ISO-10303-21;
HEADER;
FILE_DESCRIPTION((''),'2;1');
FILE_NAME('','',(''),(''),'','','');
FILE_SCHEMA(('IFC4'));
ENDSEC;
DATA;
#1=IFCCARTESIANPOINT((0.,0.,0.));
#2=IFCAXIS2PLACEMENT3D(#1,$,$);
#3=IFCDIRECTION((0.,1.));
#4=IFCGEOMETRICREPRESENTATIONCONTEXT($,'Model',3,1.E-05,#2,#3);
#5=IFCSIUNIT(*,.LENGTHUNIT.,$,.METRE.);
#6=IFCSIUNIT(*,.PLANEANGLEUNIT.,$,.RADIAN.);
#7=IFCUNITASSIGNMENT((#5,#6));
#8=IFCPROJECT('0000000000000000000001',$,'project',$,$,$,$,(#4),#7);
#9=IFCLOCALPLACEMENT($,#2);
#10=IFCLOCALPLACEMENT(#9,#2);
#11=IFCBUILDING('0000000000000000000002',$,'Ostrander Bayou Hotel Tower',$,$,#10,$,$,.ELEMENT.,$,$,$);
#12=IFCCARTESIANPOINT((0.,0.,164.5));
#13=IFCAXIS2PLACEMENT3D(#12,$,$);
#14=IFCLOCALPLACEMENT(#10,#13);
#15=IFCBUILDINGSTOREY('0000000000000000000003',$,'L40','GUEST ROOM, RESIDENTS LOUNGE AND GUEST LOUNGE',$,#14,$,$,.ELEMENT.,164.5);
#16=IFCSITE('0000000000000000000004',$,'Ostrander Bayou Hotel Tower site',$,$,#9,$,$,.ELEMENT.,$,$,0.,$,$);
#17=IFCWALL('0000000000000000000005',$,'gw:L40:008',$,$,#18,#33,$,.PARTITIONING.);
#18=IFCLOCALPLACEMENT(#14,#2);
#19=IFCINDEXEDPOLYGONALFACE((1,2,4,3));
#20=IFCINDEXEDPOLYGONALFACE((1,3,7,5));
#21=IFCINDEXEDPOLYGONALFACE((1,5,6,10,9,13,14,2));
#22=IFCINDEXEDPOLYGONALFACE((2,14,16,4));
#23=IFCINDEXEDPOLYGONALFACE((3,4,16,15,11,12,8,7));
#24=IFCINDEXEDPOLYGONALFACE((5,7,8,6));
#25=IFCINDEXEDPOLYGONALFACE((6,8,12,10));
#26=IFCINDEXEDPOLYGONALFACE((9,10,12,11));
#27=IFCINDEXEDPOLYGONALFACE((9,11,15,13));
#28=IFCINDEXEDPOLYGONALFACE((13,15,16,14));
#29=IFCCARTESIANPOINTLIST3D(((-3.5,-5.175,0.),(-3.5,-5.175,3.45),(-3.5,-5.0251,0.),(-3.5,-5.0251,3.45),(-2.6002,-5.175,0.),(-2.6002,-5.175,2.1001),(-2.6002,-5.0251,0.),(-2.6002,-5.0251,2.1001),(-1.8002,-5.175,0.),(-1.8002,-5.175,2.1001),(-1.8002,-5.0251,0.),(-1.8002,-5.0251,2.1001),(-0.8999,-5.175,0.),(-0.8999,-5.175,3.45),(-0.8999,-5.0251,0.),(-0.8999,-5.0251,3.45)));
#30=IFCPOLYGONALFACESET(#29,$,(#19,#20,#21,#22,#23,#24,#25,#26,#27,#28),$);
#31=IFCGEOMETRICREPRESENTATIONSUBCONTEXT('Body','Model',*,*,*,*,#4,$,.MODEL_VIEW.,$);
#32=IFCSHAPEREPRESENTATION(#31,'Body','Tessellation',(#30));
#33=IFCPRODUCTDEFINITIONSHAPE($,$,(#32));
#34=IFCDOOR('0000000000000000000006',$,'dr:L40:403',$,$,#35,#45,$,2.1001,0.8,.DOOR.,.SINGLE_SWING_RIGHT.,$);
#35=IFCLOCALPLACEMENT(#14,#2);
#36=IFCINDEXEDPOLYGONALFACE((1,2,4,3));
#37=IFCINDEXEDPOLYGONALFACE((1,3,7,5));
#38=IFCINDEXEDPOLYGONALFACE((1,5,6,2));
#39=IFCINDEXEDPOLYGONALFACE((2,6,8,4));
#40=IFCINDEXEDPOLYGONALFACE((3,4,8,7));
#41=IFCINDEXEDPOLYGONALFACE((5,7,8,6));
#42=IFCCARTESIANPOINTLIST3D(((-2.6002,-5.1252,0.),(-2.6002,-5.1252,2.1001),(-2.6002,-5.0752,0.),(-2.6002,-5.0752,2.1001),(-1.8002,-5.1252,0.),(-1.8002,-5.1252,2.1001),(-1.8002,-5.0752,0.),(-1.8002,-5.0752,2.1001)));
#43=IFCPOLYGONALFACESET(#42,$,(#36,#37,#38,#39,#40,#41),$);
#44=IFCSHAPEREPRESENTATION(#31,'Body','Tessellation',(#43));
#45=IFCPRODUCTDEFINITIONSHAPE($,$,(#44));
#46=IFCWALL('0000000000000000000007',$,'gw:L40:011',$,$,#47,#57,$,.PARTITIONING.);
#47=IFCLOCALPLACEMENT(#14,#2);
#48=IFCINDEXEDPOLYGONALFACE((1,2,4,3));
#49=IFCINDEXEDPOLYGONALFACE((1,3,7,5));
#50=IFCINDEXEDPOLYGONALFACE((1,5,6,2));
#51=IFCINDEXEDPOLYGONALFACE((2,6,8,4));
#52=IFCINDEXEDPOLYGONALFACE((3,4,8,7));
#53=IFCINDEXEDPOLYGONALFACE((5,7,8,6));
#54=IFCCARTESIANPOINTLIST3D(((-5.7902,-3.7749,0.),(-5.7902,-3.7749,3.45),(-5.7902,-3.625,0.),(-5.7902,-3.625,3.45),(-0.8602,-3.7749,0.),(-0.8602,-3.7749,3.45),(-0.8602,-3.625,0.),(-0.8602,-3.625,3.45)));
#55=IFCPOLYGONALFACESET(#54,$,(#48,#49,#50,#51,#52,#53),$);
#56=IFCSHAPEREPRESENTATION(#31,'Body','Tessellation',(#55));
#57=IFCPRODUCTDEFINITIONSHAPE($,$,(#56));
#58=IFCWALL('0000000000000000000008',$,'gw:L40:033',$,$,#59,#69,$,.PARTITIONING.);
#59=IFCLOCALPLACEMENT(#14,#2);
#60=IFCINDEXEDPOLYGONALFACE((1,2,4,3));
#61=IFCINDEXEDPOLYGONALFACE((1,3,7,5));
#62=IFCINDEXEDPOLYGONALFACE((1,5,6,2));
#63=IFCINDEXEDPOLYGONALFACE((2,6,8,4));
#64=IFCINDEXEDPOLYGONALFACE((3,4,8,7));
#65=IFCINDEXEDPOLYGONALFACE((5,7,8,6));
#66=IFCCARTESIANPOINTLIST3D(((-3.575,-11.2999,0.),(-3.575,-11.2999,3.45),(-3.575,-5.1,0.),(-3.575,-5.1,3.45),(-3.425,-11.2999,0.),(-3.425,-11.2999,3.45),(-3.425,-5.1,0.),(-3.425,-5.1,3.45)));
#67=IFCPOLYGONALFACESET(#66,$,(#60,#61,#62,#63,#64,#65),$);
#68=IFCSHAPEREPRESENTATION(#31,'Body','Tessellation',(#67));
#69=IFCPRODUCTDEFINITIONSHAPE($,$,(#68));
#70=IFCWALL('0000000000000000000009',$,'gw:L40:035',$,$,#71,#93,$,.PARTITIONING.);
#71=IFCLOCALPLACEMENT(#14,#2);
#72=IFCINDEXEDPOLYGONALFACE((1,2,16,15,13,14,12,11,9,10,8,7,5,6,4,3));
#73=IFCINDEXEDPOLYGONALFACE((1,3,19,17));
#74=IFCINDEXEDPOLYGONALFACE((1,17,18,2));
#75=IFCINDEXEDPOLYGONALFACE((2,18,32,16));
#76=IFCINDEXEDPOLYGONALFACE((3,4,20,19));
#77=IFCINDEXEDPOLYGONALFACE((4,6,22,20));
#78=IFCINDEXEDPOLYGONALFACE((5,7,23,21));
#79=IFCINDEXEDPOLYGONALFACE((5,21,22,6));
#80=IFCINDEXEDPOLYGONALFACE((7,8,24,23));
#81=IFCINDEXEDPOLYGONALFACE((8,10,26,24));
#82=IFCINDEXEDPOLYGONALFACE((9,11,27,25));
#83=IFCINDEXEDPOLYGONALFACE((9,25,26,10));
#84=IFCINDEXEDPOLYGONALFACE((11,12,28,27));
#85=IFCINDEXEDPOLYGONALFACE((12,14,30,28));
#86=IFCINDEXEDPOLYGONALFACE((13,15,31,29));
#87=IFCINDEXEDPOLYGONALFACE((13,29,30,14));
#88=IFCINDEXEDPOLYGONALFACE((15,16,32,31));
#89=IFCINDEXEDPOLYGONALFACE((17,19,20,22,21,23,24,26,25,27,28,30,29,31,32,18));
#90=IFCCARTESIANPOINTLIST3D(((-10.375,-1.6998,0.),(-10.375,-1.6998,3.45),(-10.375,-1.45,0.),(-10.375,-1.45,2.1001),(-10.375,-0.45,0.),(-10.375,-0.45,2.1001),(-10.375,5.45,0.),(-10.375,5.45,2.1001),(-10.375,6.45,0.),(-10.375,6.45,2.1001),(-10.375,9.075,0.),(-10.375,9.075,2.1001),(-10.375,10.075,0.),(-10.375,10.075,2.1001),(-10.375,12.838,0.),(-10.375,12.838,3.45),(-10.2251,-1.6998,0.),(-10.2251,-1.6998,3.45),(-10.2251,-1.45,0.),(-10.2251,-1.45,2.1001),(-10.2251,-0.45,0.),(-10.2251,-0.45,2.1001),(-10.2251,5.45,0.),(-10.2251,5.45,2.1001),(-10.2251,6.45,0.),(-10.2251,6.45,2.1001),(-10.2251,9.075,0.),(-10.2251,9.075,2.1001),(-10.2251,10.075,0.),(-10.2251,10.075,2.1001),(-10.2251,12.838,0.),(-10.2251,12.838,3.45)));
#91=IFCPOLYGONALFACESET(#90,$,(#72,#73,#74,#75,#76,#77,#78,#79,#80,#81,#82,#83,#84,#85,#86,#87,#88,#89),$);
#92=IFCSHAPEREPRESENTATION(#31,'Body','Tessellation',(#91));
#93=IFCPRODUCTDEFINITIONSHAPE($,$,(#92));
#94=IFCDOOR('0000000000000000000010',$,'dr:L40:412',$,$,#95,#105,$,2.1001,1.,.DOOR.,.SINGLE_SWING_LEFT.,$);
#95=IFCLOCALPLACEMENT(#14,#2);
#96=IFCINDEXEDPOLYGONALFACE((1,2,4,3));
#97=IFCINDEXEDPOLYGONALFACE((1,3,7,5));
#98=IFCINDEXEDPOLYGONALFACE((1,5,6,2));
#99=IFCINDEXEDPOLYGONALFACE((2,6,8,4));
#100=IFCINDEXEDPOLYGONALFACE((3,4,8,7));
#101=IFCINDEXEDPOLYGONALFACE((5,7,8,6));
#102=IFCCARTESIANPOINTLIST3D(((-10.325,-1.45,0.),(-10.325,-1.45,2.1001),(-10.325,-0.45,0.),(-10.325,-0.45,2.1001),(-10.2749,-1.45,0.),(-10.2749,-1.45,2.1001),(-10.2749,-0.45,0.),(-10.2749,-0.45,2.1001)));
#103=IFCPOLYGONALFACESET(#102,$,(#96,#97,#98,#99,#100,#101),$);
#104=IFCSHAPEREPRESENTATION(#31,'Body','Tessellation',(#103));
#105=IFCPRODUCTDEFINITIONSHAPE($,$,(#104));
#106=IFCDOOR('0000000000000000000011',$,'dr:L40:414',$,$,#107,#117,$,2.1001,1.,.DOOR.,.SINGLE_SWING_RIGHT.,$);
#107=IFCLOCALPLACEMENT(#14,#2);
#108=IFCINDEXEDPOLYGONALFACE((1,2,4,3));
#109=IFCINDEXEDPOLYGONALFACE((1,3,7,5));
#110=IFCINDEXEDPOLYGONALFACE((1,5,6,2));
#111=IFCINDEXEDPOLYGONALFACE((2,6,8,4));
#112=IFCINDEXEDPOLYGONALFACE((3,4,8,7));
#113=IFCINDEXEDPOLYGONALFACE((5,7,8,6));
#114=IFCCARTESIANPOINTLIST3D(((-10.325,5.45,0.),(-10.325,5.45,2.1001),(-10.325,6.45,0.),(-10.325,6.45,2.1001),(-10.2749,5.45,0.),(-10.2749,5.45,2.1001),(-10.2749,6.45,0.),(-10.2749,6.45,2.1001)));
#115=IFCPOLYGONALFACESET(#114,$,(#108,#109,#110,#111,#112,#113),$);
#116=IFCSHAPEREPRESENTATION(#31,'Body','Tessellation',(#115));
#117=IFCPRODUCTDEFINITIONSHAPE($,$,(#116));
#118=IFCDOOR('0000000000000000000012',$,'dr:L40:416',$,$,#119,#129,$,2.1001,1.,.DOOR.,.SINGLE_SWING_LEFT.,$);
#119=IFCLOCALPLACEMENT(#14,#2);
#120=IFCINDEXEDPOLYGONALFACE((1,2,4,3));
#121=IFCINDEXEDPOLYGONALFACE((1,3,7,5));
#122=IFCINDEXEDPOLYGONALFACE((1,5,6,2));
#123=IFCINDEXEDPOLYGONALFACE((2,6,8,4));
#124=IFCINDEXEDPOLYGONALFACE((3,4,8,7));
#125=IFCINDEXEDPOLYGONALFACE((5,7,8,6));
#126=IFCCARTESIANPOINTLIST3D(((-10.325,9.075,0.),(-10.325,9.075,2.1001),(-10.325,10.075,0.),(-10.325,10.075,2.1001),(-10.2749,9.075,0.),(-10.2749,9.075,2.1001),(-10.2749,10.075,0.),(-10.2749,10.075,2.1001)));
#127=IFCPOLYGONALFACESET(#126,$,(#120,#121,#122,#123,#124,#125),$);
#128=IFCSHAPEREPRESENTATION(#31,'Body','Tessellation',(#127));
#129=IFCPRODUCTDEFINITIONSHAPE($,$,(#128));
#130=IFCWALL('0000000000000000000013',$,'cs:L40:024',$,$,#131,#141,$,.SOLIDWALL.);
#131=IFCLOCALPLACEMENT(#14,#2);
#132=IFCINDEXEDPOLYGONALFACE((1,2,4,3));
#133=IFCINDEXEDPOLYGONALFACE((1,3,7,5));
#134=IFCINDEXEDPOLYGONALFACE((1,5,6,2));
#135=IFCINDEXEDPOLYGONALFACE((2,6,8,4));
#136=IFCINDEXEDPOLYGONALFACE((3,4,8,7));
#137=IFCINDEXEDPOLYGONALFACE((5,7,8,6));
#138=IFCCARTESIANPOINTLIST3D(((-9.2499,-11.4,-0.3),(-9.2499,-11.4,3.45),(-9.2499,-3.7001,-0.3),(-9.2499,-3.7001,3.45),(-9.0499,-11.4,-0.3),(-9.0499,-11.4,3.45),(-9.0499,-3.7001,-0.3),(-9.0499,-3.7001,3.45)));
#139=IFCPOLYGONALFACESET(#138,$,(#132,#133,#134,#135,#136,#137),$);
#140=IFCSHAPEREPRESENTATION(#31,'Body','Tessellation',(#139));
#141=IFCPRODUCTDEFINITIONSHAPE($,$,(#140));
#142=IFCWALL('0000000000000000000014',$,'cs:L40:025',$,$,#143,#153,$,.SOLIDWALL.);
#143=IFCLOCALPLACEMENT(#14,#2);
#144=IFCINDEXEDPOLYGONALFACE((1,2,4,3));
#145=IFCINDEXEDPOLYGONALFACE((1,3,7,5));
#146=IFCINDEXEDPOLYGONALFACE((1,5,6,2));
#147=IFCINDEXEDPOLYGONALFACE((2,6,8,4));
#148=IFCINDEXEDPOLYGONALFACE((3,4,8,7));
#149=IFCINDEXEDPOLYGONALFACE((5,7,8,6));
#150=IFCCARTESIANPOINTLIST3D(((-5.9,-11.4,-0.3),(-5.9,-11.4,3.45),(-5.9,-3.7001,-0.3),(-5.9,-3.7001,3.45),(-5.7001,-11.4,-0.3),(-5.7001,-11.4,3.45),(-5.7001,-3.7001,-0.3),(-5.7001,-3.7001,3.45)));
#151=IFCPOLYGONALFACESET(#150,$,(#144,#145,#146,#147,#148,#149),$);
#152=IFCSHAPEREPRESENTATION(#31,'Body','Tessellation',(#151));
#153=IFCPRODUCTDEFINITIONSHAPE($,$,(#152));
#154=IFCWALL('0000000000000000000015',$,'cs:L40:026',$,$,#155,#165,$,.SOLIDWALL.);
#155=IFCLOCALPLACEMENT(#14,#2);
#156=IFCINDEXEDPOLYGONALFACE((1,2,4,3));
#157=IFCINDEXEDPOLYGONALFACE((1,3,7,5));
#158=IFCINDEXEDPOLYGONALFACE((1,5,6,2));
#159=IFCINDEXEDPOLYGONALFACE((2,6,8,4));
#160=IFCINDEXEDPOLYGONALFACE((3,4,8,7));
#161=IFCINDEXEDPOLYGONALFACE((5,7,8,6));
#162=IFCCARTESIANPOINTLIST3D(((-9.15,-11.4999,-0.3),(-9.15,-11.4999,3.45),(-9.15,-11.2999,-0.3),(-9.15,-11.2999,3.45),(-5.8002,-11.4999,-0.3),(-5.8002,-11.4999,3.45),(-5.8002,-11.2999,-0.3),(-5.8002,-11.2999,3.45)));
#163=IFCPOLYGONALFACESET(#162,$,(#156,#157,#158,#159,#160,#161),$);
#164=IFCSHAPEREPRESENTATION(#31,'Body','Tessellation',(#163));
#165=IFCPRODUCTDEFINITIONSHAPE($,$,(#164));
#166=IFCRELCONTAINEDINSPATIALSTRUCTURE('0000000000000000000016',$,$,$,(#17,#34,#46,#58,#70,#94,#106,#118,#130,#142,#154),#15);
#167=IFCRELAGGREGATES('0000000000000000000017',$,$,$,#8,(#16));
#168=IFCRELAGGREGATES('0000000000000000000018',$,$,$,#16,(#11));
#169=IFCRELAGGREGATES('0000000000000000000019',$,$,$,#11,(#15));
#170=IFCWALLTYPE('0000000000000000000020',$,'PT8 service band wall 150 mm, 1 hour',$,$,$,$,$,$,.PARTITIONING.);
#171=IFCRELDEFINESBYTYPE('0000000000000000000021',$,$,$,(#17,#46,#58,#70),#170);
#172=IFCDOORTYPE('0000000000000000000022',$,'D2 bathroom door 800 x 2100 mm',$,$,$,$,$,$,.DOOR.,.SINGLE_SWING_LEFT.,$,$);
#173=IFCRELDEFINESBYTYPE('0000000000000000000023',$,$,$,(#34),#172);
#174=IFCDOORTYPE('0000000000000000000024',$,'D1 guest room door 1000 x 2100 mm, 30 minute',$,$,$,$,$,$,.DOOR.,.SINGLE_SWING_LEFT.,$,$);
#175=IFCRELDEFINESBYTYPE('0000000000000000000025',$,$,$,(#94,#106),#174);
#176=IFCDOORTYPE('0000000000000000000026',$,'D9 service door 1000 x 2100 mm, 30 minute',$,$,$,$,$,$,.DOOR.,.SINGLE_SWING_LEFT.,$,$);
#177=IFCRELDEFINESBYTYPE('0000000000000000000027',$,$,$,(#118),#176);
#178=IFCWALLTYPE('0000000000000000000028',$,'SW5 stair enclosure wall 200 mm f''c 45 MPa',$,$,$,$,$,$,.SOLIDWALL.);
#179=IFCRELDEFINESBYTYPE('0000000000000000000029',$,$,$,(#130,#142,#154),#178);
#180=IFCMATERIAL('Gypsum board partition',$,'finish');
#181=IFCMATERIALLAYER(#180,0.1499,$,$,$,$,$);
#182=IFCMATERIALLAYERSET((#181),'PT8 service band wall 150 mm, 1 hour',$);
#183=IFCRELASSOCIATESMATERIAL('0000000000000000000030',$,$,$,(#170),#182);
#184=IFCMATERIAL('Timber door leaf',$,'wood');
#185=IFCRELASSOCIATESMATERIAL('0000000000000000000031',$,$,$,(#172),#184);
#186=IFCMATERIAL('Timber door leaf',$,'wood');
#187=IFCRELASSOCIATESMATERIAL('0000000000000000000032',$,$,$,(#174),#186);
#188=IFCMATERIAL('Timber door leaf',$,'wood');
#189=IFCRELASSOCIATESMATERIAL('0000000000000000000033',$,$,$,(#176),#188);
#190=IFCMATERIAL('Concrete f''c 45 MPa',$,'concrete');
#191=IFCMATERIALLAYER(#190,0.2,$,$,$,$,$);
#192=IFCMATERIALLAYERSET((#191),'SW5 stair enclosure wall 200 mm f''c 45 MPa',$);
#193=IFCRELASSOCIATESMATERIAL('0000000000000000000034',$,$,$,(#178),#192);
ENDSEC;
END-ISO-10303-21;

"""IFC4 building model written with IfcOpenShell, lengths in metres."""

from ifc_helpers import new_model, si_unit, direction, frame, frame_2d, origin, place, context, subcontext, project, spatial, rectangle, extrude, material, layer, layer_set, type_object, element, fill, save


model = new_model("IFC4")

# Units and contexts
model_context = context("Model", 3, precision=1e-05, world=origin(), true_north=direction((0.0, 1.0)))
body_context = subcontext(model_context, "Body", "Model", "MODEL_VIEW")
ifc_project = project(units=[si_unit("LENGTHUNIT", "METRE"), si_unit("PLANEANGLEUNIT", "RADIAN")], contexts=[model_context])

# Site, building, storey
site_placement = place(None, origin())
site = spatial("IfcSite", under=ifc_project, at=site_placement, Name="Ostrander Bayou Hotel Tower site", CompositionType="ELEMENT", RefElevation=0.0)
building_placement = place(site_placement, origin())
building = spatial("IfcBuilding", under=site, at=building_placement, Name="Ostrander Bayou Hotel Tower", CompositionType="ELEMENT")
storey_placement = place(building_placement, frame((0.0, 0.0, 164.5)))
storey = spatial("IfcBuildingStorey", under=building, at=storey_placement, Name="L40", Description="GUEST ROOM, RESIDENTS LOUNGE AND GUEST LOUNGE", CompositionType="ELEMENT", Elevation=164.5)

# Shared definitions
ifc_material_1 = material(Name="Gypsum board partition", Category="finish")
ifc_layer_1 = layer(ifc_material_1, 0.1499)
ifc_layer_set_1 = layer_set([ifc_layer_1], Name="PT8 service band wall 150 mm, 1 hour")
wall_type_1 = type_object("IfcWallType", Name="PT8 service band wall 150 mm, 1 hour", PredefinedType="PARTITIONING", material=ifc_layer_set_1)

# Shared definitions
ifc_material_2 = material(Name="Timber door leaf", Category="wood")
door_type_1 = type_object("IfcDoorType", Name="D2 bathroom door 800 x 2100 mm", OperationType="SINGLE_SWING_LEFT", PredefinedType="DOOR", material=ifc_material_2)

# Wall, opening, door
wall_1_placement = place(storey_placement, frame((-3.5, -5.1001, 0.0), z_axis=(0.0, 0.0, 1.0), x_axis=(1.0, 0.0, 0.0)))
wall_1 = element("IfcWall", 1, at=wall_1_placement, inside=storey, type_object=wall_type_1, Name="gw:L40:008", PredefinedType="PARTITIONING", context=body_context, shape_type="SweptSolid", body=[
    extrude(rectangle(XDim=2.6001, YDim=0.1499, at=frame_2d((1.3, 0.0))), origin(), (0.0, 0.0, 1.0), 3.45),
])
opening_1_placement = place(wall_1_placement, frame((0.8999, 0.0, 0.0)))
opening_1 = element("IfcOpeningElement", 2, at=opening_1_placement, cuts=wall_1, PredefinedType="OPENING", context=body_context, shape_type="SweptSolid", body=[
    extrude(rectangle(XDim=0.8, YDim=2.1001, at=frame_2d((0.3999, 1.05))), frame((0.0, 0.075, 0.0), z_axis=(0.0, -1.0, 0.0), x_axis=(1.0, 0.0, 0.0)), (0.0, 0.0, 1.0), 0.1499),
])
door_1_placement = place(opening_1_placement, origin())
door_1 = element("IfcDoor", 3, at=door_1_placement, inside=storey, type_object=door_type_1, Name="dr:L40:403", OperationType="SINGLE_SWING_RIGHT", OverallHeight=2.1001, OverallWidth=0.8, PredefinedType="DOOR", context=body_context, shape_type="SweptSolid", body=[
    extrude(rectangle(XDim=0.8, YDim=2.1001, at=frame_2d((0.3999, 1.05))), frame((0.0, 0.0249, 0.0), z_axis=(0.0, -1.0, 0.0), x_axis=(1.0, 0.0, 0.0)), (0.0, 0.0, 1.0), 0.05),
])
fill(opening_1, door_1)

# Walls
wall_2_placement = place(storey_placement, frame((-5.79, -3.7, 0.0), z_axis=(0.0, 0.0, 1.0), x_axis=(1.0, 0.0, 0.0)))
element("IfcWall", 4, at=wall_2_placement, inside=storey, type_object=wall_type_1, Name="gw:L40:011", PredefinedType="PARTITIONING", context=body_context, shape_type="SweptSolid", body=[
    extrude(rectangle(XDim=4.9299, YDim=0.1499, at=frame_2d((2.4648, 0.0))), origin(), (0.0, 0.0, 1.0), 3.45),
])
wall_3_placement = place(storey_placement, frame((-3.5, -11.3, 0.0), z_axis=(0.0, 0.0, 1.0), x_axis=(0.0, 1.0, 0.0)))
element("IfcWall", 5, at=wall_3_placement, inside=storey, type_object=wall_type_1, Name="gw:L40:033", PredefinedType="PARTITIONING", context=body_context, shape_type="SweptSolid", body=[
    extrude(rectangle(XDim=6.2, YDim=0.1499, at=frame_2d((3.1001, 0.0))), origin(), (0.0, 0.0, 1.0), 3.45),
])

# Wall, openings, doors
wall_4_placement = place(storey_placement, frame((-10.3, -1.7, 0.0), z_axis=(0.0, 0.0, 1.0), x_axis=(0.0, 1.0, 0.0)))
wall_4 = element("IfcWall", 6, at=wall_4_placement, inside=storey, type_object=wall_type_1, Name="gw:L40:035", PredefinedType="PARTITIONING", context=body_context, shape_type="SweptSolid", body=[
    extrude(rectangle(XDim=14.5378, YDim=0.1499, at=frame_2d((7.269, 0.0))), origin(), (0.0, 0.0, 1.0), 3.45),
])
opening_2_placement = place(wall_4_placement, frame((0.25, 0.0, 0.0)))
opening_2 = element("IfcOpeningElement", 7, at=opening_2_placement, cuts=wall_4, PredefinedType="OPENING", context=body_context, shape_type="SweptSolid", body=[
    extrude(rectangle(XDim=1.0, YDim=2.1001, at=frame_2d((0.5, 1.05))), frame((0.0, 0.075, 0.0), z_axis=(0.0, -1.0, 0.0), x_axis=(1.0, 0.0, 0.0)), (0.0, 0.0, 1.0), 0.1499),
])
opening_3_placement = place(wall_4_placement, frame((7.1499, 0.0, 0.0)))
opening_3 = element("IfcOpeningElement", 8, at=opening_3_placement, cuts=wall_4, PredefinedType="OPENING", context=body_context, shape_type="SweptSolid", body=[
    extrude(rectangle(XDim=1.0, YDim=2.1001, at=frame_2d((0.5, 1.05))), frame((0.0, 0.075, 0.0), z_axis=(0.0, -1.0, 0.0), x_axis=(1.0, 0.0, 0.0)), (0.0, 0.0, 1.0), 0.1499),
])
opening_4_placement = place(wall_4_placement, frame((10.7749, 0.0, 0.0)))
opening_4 = element("IfcOpeningElement", 9, at=opening_4_placement, cuts=wall_4, PredefinedType="OPENING", context=body_context, shape_type="SweptSolid", body=[
    extrude(rectangle(XDim=1.0, YDim=2.1001, at=frame_2d((0.5, 1.05))), frame((0.0, 0.075, 0.0), z_axis=(0.0, -1.0, 0.0), x_axis=(1.0, 0.0, 0.0)), (0.0, 0.0, 1.0), 0.1499),
])
ifc_material_3 = material(Name="Timber door leaf", Category="wood")
door_type_2 = type_object("IfcDoorType", Name="D1 guest room door 1000 x 2100 mm, 30 minute", OperationType="SINGLE_SWING_LEFT", PredefinedType="DOOR", material=ifc_material_3)
door_2_placement = place(opening_2_placement, origin())
door_2 = element("IfcDoor", 10, at=door_2_placement, inside=storey, type_object=door_type_2, Name="dr:L40:412", OperationType="SINGLE_SWING_LEFT", OverallHeight=2.1001, OverallWidth=1.0, PredefinedType="DOOR", context=body_context, shape_type="SweptSolid", body=[
    extrude(rectangle(XDim=1.0, YDim=2.1001, at=frame_2d((0.5, 1.05))), frame((0.0, 0.0249, 0.0), z_axis=(0.0, -1.0, 0.0), x_axis=(1.0, 0.0, 0.0)), (0.0, 0.0, 1.0), 0.05),
])
fill(opening_2, door_2)
door_3_placement = place(opening_3_placement, origin())
door_3 = element("IfcDoor", 11, at=door_3_placement, inside=storey, type_object=door_type_2, Name="dr:L40:414", OperationType="SINGLE_SWING_RIGHT", OverallHeight=2.1001, OverallWidth=1.0, PredefinedType="DOOR", context=body_context, shape_type="SweptSolid", body=[
    extrude(rectangle(XDim=1.0, YDim=2.1001, at=frame_2d((0.5, 1.05))), frame((0.0, 0.0249, 0.0), z_axis=(0.0, -1.0, 0.0), x_axis=(1.0, 0.0, 0.0)), (0.0, 0.0, 1.0), 0.05),
])
fill(opening_3, door_3)
ifc_material_4 = material(Name="Timber door leaf", Category="wood")
door_type_3 = type_object("IfcDoorType", Name="D9 service door 1000 x 2100 mm, 30 minute", OperationType="SINGLE_SWING_LEFT", PredefinedType="DOOR", material=ifc_material_4)
door_4_placement = place(opening_4_placement, origin())
door_4 = element("IfcDoor", 12, at=door_4_placement, inside=storey, type_object=door_type_3, Name="dr:L40:416", OperationType="SINGLE_SWING_LEFT", OverallHeight=2.1001, OverallWidth=1.0, PredefinedType="DOOR", context=body_context, shape_type="SweptSolid", body=[
    extrude(rectangle(XDim=1.0, YDim=2.1001, at=frame_2d((0.5, 1.05))), frame((0.0, 0.0249, 0.0), z_axis=(0.0, -1.0, 0.0), x_axis=(1.0, 0.0, 0.0)), (0.0, 0.0, 1.0), 0.05),
])
fill(opening_4, door_4)

# Shared definitions
ifc_material_5 = material(Name="Concrete f'c 45 MPa", Category="concrete")
ifc_layer_2 = layer(ifc_material_5, 0.2)
ifc_layer_set_2 = layer_set([ifc_layer_2], Name="SW5 stair enclosure wall 200 mm f'c 45 MPa")
wall_type_2 = type_object("IfcWallType", Name="SW5 stair enclosure wall 200 mm f'c 45 MPa", PredefinedType="SOLIDWALL", material=ifc_layer_set_2)

# Walls
for number, where, z_axis, x_axis, name in (
    (13, (-9.1499, -3.7, -0.3), (0.0, 0.0, 1.0), (0.0, -1.0, 0.0), "cs:L40:024"),
    (14, (-5.8, -3.7, -0.3), (0.0, 0.0, 1.0), (0.0, -1.0, 0.0), "cs:L40:025"),
):
    element("IfcWall", number, at=place(storey_placement, frame(where, z_axis=z_axis, x_axis=x_axis)), inside=storey, type_object=wall_type_2, Name=name, PredefinedType="SOLIDWALL", context=body_context, shape_type="SweptSolid", body=[
        extrude(rectangle(XDim=7.7, YDim=0.2, at=frame_2d((3.8501, 0.0))), origin(), (0.0, 0.0, 1.0), 3.75),
    ])
wall_5_placement = place(storey_placement, frame((-9.1499, -11.3999, -0.3), z_axis=(0.0, 0.0, 1.0), x_axis=(1.0, 0.0, 0.0)))
element("IfcWall", 15, at=wall_5_placement, inside=storey, type_object=wall_type_2, Name="cs:L40:026", PredefinedType="SOLIDWALL", context=body_context, shape_type="SweptSolid", body=[
    extrude(rectangle(XDim=3.3499, YDim=0.2, at=frame_2d((1.6748, 0.0))), origin(), (0.0, 0.0, 1.0), 3.75),
])

save(model, "model.ifc")
